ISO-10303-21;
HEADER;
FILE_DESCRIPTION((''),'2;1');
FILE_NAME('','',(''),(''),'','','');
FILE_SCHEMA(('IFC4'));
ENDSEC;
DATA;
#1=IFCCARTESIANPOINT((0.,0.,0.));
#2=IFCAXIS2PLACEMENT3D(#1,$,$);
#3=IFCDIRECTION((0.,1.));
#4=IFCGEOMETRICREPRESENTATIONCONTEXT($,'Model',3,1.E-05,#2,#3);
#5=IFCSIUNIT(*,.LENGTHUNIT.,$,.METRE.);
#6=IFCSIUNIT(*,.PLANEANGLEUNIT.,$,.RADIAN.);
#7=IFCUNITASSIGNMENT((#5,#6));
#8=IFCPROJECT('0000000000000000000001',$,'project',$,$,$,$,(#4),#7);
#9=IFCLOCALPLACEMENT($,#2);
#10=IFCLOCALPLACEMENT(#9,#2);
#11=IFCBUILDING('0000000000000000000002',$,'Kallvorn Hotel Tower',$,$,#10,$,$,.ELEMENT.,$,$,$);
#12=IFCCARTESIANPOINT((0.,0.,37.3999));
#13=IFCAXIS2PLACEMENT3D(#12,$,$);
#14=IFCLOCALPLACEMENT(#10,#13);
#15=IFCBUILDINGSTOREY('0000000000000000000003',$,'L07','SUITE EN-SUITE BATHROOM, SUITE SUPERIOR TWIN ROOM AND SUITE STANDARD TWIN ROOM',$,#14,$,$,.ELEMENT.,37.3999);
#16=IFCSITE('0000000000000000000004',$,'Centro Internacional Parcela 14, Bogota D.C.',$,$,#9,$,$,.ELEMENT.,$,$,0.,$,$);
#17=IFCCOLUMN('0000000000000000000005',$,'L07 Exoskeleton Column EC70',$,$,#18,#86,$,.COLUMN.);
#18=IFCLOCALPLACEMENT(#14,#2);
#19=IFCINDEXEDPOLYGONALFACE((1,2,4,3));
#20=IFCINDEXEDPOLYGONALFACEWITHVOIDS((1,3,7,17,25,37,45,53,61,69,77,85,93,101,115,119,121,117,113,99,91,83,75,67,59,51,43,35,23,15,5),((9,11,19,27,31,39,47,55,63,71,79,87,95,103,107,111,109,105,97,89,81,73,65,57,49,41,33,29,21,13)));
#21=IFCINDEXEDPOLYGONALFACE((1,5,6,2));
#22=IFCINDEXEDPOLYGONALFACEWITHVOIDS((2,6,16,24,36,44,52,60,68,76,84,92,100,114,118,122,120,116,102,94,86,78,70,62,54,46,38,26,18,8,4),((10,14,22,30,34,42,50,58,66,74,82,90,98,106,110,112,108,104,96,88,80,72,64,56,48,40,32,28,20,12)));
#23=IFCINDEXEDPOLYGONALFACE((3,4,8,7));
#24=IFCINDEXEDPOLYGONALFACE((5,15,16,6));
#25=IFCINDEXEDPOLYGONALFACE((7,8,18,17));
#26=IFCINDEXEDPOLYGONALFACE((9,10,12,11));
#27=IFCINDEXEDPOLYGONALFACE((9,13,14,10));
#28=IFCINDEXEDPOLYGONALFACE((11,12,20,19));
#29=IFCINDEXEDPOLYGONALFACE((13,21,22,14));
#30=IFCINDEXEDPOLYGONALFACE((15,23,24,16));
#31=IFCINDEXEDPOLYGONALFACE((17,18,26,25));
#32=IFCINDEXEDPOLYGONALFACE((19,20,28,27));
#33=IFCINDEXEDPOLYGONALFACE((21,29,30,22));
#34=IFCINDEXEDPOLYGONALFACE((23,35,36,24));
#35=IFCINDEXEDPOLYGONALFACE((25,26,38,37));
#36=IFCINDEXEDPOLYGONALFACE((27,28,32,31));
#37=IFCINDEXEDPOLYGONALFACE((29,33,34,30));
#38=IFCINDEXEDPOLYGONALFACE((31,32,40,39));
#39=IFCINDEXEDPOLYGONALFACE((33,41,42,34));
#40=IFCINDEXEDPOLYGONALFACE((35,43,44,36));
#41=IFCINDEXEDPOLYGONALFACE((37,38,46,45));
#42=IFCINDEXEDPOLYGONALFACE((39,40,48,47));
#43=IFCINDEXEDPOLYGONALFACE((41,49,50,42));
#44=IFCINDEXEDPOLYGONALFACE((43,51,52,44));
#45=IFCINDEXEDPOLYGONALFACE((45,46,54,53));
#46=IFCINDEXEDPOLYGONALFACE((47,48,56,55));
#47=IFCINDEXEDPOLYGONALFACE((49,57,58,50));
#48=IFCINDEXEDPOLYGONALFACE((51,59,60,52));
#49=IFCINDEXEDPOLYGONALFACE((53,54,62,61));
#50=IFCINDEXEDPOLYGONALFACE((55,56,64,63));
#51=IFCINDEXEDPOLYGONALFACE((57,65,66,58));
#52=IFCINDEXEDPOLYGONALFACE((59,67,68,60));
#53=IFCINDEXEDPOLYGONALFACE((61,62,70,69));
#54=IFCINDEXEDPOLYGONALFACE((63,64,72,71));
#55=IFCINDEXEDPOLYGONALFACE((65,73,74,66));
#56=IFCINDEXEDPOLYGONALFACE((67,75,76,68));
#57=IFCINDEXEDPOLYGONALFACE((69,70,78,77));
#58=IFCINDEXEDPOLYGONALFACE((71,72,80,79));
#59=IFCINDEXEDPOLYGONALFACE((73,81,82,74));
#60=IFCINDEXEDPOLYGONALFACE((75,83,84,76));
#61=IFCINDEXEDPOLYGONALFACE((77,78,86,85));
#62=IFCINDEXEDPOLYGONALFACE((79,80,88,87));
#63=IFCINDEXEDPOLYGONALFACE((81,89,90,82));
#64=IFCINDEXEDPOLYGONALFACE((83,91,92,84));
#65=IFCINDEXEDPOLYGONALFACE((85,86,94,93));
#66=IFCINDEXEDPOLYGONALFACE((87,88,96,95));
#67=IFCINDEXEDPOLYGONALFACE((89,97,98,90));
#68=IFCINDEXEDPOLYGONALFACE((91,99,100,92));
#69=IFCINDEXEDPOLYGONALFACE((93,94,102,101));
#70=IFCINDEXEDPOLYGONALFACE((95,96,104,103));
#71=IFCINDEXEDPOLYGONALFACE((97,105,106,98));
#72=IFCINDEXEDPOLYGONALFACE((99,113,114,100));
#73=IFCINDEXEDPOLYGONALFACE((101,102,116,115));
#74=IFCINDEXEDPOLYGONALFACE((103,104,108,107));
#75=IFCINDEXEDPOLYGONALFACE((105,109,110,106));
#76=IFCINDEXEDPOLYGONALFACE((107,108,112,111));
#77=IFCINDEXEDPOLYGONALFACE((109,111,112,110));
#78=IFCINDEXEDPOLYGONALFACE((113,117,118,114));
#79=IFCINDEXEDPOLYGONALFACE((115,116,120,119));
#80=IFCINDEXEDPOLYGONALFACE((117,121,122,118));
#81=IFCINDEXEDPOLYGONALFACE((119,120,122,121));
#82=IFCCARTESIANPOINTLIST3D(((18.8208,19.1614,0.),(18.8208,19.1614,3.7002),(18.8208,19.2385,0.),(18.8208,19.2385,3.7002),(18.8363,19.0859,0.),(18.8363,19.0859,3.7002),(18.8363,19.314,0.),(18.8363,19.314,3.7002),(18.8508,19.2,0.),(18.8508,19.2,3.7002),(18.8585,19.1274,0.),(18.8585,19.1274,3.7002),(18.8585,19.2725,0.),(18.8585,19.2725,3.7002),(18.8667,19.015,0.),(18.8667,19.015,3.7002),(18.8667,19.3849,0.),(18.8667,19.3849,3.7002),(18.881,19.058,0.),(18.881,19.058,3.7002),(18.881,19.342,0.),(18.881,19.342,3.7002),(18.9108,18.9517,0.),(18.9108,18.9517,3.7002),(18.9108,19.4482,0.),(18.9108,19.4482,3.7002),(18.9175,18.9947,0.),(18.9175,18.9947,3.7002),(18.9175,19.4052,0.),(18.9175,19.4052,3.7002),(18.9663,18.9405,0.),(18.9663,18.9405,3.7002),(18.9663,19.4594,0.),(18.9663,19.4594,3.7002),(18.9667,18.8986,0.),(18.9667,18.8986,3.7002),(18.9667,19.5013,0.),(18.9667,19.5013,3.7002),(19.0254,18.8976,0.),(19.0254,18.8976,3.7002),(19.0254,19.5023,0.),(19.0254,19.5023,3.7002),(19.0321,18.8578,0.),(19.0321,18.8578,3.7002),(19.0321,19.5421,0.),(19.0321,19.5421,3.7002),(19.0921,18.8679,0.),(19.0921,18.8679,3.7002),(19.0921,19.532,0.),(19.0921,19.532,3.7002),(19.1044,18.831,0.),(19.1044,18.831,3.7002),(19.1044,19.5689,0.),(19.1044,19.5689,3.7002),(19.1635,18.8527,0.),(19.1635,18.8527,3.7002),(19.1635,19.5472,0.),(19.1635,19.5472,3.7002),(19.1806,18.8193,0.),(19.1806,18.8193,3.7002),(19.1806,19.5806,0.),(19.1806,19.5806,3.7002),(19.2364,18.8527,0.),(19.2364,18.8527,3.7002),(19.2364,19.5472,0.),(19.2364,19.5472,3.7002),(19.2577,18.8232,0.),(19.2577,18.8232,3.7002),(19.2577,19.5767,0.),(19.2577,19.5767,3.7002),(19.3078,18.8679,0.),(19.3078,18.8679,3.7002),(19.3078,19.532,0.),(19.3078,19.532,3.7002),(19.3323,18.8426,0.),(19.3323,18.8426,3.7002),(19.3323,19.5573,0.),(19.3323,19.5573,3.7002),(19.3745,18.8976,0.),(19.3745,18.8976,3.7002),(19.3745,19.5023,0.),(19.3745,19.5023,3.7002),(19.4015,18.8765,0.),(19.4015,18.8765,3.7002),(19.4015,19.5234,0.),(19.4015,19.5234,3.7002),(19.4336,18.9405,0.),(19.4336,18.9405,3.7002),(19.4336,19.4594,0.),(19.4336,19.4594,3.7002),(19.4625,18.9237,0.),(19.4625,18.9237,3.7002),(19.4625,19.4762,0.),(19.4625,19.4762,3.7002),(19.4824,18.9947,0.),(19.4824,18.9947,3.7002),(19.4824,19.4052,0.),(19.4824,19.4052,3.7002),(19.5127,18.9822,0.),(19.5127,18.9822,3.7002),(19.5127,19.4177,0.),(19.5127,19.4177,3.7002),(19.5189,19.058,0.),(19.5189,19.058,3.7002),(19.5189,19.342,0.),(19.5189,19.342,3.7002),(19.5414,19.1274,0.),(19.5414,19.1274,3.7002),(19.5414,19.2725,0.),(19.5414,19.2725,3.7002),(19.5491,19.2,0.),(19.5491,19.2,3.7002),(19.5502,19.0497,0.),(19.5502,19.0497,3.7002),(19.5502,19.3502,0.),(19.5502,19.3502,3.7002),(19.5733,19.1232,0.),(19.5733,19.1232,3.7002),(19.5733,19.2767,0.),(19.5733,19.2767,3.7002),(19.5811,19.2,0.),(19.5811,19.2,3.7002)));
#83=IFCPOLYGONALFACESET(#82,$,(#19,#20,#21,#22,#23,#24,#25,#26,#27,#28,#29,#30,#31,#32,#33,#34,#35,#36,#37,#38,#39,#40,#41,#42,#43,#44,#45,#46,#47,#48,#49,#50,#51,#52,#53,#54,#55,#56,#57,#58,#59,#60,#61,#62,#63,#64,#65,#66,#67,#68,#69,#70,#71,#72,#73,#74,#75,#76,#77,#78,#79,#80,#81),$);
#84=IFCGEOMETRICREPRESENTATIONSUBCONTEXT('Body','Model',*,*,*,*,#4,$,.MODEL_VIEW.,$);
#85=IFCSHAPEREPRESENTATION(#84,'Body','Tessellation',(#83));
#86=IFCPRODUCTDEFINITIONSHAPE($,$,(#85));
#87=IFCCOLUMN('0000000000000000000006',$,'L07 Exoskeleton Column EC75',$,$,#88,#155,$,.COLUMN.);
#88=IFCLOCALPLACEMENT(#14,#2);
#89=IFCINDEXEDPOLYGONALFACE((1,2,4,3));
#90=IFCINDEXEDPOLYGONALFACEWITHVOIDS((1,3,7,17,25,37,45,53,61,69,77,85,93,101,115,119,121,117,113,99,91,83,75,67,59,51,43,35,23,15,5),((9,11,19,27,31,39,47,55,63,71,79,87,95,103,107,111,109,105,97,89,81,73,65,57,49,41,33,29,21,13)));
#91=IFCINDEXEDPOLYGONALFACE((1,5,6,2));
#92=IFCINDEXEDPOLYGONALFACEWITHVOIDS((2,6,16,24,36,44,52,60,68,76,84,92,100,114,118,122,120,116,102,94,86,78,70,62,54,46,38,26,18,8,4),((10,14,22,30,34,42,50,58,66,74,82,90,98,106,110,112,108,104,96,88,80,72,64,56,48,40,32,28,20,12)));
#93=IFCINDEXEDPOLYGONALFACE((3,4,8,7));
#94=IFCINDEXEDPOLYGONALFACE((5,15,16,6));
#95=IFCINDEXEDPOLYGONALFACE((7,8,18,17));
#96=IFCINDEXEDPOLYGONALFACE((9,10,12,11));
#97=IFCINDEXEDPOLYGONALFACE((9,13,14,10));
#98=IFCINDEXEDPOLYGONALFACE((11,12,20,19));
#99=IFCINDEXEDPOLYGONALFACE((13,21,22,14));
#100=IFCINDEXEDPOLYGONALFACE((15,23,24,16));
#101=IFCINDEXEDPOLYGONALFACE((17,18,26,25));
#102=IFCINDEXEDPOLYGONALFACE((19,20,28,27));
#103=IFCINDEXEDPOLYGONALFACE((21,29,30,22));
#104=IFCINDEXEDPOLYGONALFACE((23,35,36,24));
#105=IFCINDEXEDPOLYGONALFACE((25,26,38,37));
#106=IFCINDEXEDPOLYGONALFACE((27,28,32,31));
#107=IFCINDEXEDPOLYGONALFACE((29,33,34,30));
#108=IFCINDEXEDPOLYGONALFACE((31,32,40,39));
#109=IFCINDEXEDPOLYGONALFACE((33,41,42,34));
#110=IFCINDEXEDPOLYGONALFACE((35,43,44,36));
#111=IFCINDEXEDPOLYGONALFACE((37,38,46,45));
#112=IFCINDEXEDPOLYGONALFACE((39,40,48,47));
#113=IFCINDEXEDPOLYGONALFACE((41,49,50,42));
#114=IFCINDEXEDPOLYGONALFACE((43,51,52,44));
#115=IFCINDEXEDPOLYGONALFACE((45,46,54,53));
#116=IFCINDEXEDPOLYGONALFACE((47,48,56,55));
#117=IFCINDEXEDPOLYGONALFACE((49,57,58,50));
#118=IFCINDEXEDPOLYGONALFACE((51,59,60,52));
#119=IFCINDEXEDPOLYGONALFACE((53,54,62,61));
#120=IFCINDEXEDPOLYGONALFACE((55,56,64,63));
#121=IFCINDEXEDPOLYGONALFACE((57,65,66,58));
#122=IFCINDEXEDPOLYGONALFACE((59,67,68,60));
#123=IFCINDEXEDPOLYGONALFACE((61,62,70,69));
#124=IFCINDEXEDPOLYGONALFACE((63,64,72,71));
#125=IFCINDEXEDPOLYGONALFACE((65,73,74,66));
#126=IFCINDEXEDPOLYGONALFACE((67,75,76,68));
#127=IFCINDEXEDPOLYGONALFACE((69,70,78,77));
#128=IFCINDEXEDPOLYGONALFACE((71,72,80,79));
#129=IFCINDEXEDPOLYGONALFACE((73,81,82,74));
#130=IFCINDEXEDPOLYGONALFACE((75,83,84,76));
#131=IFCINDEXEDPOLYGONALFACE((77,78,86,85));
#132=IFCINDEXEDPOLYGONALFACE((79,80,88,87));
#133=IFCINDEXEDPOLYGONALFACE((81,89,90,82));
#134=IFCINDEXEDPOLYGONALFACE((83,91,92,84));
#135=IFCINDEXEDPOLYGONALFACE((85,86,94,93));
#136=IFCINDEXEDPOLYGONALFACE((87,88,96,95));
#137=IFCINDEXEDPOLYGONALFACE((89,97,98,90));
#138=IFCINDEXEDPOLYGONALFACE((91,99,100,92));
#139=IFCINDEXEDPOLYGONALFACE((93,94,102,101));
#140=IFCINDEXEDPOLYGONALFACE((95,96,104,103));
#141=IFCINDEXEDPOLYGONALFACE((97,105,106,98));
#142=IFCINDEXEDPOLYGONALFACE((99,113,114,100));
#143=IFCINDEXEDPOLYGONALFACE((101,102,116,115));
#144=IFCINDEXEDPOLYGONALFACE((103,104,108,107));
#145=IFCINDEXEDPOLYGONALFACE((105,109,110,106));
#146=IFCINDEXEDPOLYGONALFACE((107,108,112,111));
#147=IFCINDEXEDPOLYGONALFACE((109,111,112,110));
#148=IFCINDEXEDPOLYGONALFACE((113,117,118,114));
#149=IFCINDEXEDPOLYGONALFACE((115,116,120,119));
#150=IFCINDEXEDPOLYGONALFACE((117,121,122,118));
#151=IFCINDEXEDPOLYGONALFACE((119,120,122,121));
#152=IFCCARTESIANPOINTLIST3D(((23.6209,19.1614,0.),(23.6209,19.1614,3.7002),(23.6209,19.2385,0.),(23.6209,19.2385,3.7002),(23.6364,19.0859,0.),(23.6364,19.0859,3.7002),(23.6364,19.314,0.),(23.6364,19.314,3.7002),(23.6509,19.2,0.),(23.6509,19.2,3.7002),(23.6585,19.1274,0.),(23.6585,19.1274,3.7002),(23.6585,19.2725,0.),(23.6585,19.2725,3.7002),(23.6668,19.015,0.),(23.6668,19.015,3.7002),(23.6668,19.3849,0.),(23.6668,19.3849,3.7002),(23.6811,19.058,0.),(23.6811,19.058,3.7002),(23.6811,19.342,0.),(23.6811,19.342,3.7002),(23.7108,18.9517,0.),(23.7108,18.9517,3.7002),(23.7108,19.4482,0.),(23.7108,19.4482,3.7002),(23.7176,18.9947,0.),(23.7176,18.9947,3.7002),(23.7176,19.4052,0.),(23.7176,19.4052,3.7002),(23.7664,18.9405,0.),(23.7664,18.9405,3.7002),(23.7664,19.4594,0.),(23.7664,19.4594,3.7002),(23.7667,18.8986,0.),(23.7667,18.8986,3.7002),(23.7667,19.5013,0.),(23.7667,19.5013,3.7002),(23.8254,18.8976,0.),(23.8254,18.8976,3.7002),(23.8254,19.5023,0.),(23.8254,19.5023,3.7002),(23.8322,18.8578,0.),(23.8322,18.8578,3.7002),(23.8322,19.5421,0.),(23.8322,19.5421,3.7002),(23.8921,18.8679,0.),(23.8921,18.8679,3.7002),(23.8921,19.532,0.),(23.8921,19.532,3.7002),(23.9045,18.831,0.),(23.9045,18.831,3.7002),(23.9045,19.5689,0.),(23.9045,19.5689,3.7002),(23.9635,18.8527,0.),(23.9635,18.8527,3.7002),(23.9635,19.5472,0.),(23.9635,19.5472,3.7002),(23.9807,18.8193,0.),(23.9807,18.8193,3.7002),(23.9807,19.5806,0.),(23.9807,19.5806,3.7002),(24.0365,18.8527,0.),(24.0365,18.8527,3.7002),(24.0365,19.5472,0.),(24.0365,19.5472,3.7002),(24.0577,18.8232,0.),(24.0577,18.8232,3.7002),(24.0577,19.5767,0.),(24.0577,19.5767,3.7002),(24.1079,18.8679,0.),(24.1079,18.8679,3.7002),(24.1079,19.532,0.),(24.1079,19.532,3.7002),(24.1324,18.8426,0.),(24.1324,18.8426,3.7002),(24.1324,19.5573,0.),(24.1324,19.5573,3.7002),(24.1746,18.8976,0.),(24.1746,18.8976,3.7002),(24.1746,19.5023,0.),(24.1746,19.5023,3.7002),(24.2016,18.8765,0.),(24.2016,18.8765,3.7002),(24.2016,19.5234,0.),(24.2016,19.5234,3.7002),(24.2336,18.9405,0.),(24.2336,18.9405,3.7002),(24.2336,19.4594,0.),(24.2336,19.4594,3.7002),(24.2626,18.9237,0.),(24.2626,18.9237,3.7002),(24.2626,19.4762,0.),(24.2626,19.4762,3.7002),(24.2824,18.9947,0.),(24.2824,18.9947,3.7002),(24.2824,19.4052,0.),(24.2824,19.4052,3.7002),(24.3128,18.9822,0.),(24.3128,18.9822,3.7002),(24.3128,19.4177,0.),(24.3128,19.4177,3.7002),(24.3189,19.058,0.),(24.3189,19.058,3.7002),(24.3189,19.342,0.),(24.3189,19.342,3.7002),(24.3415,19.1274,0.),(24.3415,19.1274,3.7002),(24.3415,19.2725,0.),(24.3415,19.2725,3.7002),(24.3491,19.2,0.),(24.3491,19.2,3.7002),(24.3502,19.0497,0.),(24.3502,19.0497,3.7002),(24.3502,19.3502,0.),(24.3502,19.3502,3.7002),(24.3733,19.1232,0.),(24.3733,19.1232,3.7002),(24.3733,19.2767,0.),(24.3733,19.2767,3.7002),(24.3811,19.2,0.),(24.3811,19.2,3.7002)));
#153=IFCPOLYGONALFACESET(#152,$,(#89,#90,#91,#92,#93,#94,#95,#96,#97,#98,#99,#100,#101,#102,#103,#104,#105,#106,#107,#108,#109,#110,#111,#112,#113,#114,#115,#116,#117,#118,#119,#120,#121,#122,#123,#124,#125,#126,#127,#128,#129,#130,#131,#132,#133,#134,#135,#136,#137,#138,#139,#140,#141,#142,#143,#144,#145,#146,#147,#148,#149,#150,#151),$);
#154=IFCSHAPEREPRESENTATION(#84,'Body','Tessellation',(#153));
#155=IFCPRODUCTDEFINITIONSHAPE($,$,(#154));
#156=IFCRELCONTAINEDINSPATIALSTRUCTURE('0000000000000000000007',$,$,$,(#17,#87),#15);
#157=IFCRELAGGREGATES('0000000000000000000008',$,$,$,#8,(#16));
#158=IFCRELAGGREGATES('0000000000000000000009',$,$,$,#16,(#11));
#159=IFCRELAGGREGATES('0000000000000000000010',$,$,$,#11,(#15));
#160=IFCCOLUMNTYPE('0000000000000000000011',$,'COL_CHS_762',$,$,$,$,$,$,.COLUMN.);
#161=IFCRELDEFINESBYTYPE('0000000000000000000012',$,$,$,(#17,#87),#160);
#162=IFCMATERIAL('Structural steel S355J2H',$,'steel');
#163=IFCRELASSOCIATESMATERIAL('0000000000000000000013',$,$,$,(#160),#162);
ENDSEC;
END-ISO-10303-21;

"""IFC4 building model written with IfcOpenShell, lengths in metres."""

from ifc_helpers import new_model, si_unit, direction, frame, origin, origin_2d, place, context, subcontext, project, spatial, hollow_circle, extrude, material, material_profile, profile_set, type_object, element, save


model = new_model("IFC4")

# Units and contexts
model_context = context("Model", 3, precision=1e-05, world=origin(), true_north=direction((0.0, 1.0)))
body_context = subcontext(model_context, "Body", "Model", "MODEL_VIEW")
ifc_project = project(units=[si_unit("LENGTHUNIT", "METRE"), si_unit("PLANEANGLEUNIT", "RADIAN")], contexts=[model_context])

# Site, building, storey
site_placement = place(None, origin())
site = spatial("IfcSite", under=ifc_project, at=site_placement, Name="Centro Internacional Parcela 14, Bogota D.C.", CompositionType="ELEMENT", RefElevation=0.0)
building_placement = place(site_placement, origin())
building = spatial("IfcBuilding", under=site, at=building_placement, Name="Kallvorn Hotel Tower", CompositionType="ELEMENT")
storey_placement = place(building_placement, frame((0.0, 0.0, 37.3999)))
storey = spatial("IfcBuildingStorey", under=building, at=storey_placement, Name="L07", Description="SUITE EN-SUITE BATHROOM, SUITE SUPERIOR TWIN ROOM AND SUITE STANDARD TWIN ROOM", CompositionType="ELEMENT", Elevation=37.3999)

# Columns
ifc_material_1 = material(Name="Structural steel S355J2H", Category="steel")
ifc_material_profile_1 = material_profile(ifc_material_1, hollow_circle(Radius=0.3811, WallThickness=0.032, at=origin_2d()), Name="CHS 762x32")
ifc_profile_set_1 = profile_set([ifc_material_profile_1], Name="Structural steel S355J2H")
column_type_1 = type_object("IfcColumnType", Name="COL_CHS_762", PredefinedType="COLUMN", material=ifc_profile_set_1)
for number, where, z_axis, x_axis, name in (
    (1, (19.2, 19.2, 0.0), (0.0, 0.0, 1.0), (1.0, 0.0, 0.0), "L07 Exoskeleton Column EC70"),
    (2, (24.0, 19.2, 0.0), (0.0, 0.0, 1.0), (1.0, 0.0, 0.0), "L07 Exoskeleton Column EC75"),
):
    element("IfcColumn", number, at=place(storey_placement, frame(where, z_axis=z_axis, x_axis=x_axis)), inside=storey, type_object=column_type_1, Name=name, PredefinedType="COLUMN", context=body_context, shape_type="SweptSolid", body=[
        extrude(hollow_circle(Radius=0.3811, WallThickness=0.032, at=origin_2d()), origin(), (0.0, 0.0, 1.0), 3.7002),
    ])

save(model, "model.ifc")
